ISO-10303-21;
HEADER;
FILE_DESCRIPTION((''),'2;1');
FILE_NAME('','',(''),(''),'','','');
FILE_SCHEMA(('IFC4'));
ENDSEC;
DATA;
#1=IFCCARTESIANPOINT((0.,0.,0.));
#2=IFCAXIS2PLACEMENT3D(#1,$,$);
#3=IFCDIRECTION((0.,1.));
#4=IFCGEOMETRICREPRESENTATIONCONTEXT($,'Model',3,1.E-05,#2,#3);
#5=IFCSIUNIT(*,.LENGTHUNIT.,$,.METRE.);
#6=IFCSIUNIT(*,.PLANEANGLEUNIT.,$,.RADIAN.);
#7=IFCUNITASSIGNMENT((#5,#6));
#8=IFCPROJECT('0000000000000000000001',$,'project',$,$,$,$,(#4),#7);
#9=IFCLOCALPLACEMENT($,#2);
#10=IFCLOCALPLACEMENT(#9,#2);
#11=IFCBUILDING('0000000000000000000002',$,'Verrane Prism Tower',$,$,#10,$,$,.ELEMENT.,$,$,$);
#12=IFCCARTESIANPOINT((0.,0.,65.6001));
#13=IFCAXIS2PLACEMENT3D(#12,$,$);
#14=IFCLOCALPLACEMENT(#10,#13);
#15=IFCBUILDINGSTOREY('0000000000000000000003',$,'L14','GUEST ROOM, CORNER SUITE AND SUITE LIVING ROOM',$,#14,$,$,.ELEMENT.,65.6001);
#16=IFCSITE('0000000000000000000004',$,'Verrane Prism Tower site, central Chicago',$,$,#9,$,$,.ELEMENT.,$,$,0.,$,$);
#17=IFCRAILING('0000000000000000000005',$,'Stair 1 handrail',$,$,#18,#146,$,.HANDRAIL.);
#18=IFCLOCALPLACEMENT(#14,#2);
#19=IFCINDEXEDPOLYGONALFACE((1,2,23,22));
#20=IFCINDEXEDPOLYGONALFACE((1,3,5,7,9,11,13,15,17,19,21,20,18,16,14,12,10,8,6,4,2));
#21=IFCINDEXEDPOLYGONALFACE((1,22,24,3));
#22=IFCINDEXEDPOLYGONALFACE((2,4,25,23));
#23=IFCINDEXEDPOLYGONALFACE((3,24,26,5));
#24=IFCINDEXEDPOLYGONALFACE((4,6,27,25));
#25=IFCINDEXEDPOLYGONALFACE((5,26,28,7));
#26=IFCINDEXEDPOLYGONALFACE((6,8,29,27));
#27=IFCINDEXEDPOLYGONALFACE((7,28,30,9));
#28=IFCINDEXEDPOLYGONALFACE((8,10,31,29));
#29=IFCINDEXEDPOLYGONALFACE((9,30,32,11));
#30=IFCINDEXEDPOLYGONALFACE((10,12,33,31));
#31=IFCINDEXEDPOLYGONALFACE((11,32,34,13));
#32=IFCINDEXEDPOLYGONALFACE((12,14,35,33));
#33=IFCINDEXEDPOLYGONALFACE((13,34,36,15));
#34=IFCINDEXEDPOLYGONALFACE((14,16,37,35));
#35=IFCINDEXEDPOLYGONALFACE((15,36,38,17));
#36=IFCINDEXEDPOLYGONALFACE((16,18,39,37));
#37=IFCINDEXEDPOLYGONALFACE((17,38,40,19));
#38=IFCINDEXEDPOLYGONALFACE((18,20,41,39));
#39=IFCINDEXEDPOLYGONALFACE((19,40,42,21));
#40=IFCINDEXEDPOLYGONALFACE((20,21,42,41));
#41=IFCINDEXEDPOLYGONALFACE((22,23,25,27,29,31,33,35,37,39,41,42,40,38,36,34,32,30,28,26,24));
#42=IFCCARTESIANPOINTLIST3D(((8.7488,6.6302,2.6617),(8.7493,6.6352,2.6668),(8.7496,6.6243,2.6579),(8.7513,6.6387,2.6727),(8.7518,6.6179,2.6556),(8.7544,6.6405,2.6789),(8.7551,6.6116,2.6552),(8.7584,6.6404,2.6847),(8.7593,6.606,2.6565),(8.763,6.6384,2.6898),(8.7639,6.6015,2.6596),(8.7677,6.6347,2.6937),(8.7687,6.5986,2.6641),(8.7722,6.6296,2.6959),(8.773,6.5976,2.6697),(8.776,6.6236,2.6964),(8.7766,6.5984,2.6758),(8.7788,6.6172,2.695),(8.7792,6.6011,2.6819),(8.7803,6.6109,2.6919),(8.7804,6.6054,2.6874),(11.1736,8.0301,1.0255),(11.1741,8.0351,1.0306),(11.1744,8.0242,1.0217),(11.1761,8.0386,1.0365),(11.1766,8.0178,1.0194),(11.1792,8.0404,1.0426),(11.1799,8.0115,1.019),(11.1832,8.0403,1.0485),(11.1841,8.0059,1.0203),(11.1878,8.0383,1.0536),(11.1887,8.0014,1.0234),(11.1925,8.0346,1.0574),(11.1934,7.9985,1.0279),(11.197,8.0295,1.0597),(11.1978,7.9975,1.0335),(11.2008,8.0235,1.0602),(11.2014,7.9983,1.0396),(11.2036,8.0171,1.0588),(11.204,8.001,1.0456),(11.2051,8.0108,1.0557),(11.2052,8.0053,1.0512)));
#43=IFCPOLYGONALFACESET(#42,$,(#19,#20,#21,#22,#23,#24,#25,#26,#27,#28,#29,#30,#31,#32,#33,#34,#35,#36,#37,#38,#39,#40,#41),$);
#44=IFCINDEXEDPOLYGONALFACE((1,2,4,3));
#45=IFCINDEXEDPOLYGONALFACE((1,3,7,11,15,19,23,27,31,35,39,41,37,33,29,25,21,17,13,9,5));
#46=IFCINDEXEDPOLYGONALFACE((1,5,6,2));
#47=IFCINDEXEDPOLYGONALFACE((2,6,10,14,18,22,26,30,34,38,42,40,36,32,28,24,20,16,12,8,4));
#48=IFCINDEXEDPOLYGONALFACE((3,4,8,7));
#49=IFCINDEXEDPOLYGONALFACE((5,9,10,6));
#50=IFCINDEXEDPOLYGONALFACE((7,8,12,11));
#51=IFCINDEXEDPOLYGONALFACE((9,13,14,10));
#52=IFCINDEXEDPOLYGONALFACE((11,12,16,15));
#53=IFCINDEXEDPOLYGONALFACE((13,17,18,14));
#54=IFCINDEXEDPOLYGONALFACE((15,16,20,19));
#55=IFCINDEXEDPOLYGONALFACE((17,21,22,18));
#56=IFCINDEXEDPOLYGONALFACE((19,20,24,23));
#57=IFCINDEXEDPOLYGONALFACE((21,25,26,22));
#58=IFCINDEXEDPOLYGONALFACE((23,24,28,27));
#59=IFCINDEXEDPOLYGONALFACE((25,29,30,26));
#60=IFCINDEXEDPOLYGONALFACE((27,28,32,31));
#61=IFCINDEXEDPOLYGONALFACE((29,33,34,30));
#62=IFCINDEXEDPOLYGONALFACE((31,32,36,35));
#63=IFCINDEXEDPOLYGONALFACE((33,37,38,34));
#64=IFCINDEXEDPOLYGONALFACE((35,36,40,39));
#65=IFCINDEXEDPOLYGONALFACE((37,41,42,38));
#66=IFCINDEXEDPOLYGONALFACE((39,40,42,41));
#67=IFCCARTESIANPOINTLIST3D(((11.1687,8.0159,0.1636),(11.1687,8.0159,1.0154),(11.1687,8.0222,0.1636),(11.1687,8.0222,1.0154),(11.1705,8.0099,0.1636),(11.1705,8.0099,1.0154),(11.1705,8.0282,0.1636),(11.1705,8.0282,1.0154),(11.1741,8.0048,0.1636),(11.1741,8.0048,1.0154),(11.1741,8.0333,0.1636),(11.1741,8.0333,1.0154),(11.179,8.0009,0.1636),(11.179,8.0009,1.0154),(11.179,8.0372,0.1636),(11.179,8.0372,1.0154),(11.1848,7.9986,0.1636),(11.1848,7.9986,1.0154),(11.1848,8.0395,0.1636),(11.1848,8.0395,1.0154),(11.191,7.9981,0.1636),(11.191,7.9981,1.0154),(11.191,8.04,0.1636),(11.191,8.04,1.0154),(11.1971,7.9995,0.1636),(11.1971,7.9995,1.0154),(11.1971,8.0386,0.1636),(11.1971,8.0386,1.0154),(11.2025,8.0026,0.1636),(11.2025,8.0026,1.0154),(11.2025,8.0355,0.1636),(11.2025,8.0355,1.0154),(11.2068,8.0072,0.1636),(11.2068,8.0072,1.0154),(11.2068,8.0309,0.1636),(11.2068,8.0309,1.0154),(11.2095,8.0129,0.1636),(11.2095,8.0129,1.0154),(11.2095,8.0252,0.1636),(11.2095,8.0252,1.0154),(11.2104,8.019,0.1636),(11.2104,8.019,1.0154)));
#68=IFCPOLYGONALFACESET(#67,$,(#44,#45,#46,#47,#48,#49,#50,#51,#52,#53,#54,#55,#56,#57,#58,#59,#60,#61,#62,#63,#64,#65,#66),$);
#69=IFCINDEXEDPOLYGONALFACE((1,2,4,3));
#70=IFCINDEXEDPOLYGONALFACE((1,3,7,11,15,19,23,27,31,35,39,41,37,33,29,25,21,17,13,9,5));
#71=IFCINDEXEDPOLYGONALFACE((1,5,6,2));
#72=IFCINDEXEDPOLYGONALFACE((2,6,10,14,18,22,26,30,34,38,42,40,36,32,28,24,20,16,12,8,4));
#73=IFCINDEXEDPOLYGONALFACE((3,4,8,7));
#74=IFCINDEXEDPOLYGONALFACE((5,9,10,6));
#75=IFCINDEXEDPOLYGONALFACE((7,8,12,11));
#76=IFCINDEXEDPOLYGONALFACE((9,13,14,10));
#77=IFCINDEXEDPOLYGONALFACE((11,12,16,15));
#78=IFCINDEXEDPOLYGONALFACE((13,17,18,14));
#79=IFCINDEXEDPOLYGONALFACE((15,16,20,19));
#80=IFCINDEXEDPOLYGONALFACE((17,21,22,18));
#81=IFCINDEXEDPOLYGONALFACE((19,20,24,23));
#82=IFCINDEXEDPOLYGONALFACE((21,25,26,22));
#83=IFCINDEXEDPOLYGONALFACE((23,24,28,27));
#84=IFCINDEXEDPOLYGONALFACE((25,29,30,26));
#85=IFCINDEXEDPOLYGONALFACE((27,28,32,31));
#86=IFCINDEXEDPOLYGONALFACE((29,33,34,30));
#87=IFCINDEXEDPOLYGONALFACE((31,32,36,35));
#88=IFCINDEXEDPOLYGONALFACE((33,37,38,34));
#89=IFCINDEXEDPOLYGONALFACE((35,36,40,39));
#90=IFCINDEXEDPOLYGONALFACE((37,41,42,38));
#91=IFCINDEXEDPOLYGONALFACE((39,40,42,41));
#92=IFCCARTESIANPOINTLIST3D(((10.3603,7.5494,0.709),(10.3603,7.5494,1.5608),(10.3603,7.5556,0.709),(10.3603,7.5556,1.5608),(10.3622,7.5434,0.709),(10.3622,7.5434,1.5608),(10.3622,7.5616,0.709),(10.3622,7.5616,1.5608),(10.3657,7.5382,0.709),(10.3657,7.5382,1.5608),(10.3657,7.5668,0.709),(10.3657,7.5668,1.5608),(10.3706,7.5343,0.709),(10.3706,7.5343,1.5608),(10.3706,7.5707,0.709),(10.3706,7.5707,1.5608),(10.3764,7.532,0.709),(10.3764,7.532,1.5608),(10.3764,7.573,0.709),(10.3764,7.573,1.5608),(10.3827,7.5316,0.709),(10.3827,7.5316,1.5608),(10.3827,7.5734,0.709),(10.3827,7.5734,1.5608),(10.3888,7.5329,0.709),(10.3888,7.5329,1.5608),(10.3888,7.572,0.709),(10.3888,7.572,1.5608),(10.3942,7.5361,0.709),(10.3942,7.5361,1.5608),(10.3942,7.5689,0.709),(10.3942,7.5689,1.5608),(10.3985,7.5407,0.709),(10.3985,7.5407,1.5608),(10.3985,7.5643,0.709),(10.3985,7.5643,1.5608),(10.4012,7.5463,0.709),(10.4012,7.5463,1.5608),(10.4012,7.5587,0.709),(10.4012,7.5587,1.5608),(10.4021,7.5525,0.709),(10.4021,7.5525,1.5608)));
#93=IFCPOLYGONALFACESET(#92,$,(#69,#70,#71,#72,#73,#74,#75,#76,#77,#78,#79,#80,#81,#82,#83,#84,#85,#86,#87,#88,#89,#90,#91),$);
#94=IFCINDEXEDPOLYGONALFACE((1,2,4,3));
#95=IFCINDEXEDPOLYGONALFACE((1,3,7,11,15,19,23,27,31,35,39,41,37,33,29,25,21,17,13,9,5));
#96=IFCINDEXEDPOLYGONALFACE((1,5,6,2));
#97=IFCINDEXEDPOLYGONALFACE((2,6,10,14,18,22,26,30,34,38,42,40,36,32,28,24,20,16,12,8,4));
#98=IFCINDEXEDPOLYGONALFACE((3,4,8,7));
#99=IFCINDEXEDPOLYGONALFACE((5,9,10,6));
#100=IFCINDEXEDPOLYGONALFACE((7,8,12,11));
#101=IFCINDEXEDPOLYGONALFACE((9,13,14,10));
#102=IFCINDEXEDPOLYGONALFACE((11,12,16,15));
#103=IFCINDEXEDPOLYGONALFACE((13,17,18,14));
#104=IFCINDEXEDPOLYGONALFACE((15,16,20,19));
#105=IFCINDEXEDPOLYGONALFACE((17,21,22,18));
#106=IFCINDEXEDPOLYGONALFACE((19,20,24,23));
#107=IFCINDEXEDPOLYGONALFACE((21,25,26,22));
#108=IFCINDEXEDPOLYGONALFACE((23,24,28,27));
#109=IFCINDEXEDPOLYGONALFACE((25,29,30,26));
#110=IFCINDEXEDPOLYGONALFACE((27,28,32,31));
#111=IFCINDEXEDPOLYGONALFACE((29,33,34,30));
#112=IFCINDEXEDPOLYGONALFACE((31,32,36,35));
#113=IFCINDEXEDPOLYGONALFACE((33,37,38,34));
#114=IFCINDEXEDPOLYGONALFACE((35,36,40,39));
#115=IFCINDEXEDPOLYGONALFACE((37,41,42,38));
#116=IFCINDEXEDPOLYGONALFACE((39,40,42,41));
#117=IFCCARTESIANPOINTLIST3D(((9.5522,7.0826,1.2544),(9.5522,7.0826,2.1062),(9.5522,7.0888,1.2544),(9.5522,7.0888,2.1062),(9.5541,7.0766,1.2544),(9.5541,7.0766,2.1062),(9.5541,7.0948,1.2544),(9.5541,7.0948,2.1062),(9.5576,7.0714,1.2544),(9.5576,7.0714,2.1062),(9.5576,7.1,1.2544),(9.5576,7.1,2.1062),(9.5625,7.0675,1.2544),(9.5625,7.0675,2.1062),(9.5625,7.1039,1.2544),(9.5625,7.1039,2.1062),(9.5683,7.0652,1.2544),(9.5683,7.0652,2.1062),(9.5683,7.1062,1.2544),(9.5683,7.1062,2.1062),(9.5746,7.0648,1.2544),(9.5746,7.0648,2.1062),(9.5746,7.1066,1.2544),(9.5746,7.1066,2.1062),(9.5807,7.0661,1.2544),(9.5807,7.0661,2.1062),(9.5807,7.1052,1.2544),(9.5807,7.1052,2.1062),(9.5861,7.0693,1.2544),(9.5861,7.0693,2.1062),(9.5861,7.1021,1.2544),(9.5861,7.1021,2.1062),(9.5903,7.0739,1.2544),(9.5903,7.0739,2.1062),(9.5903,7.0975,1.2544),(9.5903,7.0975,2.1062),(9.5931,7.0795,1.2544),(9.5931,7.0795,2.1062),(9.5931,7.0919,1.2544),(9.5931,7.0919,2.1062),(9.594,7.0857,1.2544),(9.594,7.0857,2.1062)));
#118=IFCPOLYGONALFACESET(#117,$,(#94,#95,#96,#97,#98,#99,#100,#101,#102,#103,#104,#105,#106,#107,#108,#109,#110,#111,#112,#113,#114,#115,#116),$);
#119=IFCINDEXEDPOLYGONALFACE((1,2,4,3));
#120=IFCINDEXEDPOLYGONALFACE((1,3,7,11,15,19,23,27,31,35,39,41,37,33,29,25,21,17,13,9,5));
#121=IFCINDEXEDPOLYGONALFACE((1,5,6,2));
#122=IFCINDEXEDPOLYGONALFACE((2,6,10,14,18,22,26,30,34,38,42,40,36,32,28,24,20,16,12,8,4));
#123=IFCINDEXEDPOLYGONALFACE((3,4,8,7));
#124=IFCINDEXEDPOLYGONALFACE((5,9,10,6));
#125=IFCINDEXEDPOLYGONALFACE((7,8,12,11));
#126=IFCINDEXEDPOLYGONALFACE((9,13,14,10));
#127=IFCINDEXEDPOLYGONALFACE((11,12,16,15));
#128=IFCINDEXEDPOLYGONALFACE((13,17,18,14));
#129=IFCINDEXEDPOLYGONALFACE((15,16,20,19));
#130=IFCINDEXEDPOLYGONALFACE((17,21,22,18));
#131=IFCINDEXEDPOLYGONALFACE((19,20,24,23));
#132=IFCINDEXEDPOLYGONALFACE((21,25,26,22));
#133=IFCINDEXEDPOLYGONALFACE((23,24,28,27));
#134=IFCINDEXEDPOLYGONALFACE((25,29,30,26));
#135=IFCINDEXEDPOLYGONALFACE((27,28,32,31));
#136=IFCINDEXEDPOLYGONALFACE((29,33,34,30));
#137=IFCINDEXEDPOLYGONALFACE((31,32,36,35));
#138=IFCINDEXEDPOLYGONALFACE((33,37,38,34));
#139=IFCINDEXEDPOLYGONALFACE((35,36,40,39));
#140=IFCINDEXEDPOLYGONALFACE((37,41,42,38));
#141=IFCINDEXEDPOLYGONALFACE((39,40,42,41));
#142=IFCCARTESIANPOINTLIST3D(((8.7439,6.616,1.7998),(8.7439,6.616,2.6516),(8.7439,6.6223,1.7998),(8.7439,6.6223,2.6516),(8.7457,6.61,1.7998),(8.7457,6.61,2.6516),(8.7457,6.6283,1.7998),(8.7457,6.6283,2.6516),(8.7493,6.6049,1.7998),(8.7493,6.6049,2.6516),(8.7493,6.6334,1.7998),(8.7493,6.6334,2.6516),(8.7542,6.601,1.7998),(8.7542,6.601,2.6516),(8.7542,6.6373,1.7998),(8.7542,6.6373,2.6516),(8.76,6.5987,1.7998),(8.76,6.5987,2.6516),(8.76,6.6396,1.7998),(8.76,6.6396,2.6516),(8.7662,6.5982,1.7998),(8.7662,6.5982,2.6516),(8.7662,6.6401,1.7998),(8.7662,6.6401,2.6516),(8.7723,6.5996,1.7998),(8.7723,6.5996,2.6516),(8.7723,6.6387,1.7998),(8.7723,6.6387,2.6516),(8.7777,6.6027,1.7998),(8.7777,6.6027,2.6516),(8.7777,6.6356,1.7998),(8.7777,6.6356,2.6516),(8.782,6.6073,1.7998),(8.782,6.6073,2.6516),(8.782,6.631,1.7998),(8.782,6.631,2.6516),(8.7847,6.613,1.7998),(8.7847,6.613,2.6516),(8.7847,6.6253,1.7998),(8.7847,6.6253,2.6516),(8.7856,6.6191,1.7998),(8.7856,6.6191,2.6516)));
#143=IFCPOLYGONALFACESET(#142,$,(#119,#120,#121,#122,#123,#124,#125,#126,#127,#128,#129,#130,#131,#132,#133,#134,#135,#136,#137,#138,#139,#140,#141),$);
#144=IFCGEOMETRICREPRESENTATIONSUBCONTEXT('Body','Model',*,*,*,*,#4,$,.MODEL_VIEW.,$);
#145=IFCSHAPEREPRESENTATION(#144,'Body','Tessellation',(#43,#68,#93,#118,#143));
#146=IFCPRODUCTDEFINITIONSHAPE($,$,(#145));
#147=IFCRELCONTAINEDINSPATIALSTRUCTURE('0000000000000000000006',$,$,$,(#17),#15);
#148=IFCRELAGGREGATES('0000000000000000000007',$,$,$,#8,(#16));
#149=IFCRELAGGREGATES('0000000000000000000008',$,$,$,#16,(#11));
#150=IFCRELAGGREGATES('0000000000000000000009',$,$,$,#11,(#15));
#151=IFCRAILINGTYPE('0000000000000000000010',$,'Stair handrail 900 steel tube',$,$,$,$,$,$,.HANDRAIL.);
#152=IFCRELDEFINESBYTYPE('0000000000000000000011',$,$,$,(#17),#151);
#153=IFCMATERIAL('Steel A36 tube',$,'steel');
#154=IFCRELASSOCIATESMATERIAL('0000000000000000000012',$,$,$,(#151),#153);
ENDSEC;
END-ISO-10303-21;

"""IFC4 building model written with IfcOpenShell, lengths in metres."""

from ifc_helpers import new_model, si_unit, direction, frame, origin, origin_2d, place, context, subcontext, project, spatial, circle, extrude, material, type_object, element, save


model = new_model("IFC4")

# Units and contexts
model_context = context("Model", 3, precision=1e-05, world=origin(), true_north=direction((0.0, 1.0)))
body_context = subcontext(model_context, "Body", "Model", "MODEL_VIEW")
ifc_project = project(units=[si_unit("LENGTHUNIT", "METRE"), si_unit("PLANEANGLEUNIT", "RADIAN")], contexts=[model_context])

# Site, building, storey
site_placement = place(None, origin())
site = spatial("IfcSite", under=ifc_project, at=site_placement, Name="Verrane Prism Tower site, central Chicago", CompositionType="ELEMENT", RefElevation=0.0)
building_placement = place(site_placement, origin())
building = spatial("IfcBuilding", under=site, at=building_placement, Name="Verrane Prism Tower", CompositionType="ELEMENT")
storey_placement = place(building_placement, frame((0.0, 0.0, 65.6001)))
storey = spatial("IfcBuildingStorey", under=building, at=storey_placement, Name="L14", Description="GUEST ROOM, CORNER SUITE AND SUITE LIVING ROOM", CompositionType="ELEMENT", Elevation=65.6001)

# Railing
ifc_material_1 = material(Name="Steel A36 tube", Category="steel")
railing_type_1 = type_object("IfcRailingType", Name="Stair handrail 900 steel tube", PredefinedType="HANDRAIL", material=ifc_material_1)
railing_1_placement = place(storey_placement, frame((11.1895, 8.019, 0.1636)))
element("IfcRailing", 1, at=railing_1_placement, inside=storey, type_object=railing_type_1, Name="Stair 1 handrail", PredefinedType="HANDRAIL", context=body_context, shape_type="SweptSolid", body=[
    extrude(circle(Radius=0.0239, at=origin_2d()), frame((0.0, 0.0, 0.876), z_axis=(-0.747718, -0.431677, 0.504552), x_axis=(0.499984, -0.866035, 0.0)), (0.0, 0.0, 1.0), 3.2429),
    extrude(circle(Radius=0.021, at=origin_2d()), origin(), (0.0, 0.0, 1.0), 0.8518),
    extrude(circle(Radius=0.021, at=origin_2d()), frame((-0.8083, -0.4666, 0.5454)), (0.0, 0.0, 1.0), 0.8518),
    extrude(circle(Radius=0.021, at=origin_2d()), frame((-1.6165, -0.9333, 1.0908)), (0.0, 0.0, 1.0), 0.8518),
    extrude(circle(Radius=0.021, at=origin_2d()), frame((-2.4248, -1.3999, 1.6362)), (0.0, 0.0, 1.0), 0.8518),
])

save(model, "model.ifc")
